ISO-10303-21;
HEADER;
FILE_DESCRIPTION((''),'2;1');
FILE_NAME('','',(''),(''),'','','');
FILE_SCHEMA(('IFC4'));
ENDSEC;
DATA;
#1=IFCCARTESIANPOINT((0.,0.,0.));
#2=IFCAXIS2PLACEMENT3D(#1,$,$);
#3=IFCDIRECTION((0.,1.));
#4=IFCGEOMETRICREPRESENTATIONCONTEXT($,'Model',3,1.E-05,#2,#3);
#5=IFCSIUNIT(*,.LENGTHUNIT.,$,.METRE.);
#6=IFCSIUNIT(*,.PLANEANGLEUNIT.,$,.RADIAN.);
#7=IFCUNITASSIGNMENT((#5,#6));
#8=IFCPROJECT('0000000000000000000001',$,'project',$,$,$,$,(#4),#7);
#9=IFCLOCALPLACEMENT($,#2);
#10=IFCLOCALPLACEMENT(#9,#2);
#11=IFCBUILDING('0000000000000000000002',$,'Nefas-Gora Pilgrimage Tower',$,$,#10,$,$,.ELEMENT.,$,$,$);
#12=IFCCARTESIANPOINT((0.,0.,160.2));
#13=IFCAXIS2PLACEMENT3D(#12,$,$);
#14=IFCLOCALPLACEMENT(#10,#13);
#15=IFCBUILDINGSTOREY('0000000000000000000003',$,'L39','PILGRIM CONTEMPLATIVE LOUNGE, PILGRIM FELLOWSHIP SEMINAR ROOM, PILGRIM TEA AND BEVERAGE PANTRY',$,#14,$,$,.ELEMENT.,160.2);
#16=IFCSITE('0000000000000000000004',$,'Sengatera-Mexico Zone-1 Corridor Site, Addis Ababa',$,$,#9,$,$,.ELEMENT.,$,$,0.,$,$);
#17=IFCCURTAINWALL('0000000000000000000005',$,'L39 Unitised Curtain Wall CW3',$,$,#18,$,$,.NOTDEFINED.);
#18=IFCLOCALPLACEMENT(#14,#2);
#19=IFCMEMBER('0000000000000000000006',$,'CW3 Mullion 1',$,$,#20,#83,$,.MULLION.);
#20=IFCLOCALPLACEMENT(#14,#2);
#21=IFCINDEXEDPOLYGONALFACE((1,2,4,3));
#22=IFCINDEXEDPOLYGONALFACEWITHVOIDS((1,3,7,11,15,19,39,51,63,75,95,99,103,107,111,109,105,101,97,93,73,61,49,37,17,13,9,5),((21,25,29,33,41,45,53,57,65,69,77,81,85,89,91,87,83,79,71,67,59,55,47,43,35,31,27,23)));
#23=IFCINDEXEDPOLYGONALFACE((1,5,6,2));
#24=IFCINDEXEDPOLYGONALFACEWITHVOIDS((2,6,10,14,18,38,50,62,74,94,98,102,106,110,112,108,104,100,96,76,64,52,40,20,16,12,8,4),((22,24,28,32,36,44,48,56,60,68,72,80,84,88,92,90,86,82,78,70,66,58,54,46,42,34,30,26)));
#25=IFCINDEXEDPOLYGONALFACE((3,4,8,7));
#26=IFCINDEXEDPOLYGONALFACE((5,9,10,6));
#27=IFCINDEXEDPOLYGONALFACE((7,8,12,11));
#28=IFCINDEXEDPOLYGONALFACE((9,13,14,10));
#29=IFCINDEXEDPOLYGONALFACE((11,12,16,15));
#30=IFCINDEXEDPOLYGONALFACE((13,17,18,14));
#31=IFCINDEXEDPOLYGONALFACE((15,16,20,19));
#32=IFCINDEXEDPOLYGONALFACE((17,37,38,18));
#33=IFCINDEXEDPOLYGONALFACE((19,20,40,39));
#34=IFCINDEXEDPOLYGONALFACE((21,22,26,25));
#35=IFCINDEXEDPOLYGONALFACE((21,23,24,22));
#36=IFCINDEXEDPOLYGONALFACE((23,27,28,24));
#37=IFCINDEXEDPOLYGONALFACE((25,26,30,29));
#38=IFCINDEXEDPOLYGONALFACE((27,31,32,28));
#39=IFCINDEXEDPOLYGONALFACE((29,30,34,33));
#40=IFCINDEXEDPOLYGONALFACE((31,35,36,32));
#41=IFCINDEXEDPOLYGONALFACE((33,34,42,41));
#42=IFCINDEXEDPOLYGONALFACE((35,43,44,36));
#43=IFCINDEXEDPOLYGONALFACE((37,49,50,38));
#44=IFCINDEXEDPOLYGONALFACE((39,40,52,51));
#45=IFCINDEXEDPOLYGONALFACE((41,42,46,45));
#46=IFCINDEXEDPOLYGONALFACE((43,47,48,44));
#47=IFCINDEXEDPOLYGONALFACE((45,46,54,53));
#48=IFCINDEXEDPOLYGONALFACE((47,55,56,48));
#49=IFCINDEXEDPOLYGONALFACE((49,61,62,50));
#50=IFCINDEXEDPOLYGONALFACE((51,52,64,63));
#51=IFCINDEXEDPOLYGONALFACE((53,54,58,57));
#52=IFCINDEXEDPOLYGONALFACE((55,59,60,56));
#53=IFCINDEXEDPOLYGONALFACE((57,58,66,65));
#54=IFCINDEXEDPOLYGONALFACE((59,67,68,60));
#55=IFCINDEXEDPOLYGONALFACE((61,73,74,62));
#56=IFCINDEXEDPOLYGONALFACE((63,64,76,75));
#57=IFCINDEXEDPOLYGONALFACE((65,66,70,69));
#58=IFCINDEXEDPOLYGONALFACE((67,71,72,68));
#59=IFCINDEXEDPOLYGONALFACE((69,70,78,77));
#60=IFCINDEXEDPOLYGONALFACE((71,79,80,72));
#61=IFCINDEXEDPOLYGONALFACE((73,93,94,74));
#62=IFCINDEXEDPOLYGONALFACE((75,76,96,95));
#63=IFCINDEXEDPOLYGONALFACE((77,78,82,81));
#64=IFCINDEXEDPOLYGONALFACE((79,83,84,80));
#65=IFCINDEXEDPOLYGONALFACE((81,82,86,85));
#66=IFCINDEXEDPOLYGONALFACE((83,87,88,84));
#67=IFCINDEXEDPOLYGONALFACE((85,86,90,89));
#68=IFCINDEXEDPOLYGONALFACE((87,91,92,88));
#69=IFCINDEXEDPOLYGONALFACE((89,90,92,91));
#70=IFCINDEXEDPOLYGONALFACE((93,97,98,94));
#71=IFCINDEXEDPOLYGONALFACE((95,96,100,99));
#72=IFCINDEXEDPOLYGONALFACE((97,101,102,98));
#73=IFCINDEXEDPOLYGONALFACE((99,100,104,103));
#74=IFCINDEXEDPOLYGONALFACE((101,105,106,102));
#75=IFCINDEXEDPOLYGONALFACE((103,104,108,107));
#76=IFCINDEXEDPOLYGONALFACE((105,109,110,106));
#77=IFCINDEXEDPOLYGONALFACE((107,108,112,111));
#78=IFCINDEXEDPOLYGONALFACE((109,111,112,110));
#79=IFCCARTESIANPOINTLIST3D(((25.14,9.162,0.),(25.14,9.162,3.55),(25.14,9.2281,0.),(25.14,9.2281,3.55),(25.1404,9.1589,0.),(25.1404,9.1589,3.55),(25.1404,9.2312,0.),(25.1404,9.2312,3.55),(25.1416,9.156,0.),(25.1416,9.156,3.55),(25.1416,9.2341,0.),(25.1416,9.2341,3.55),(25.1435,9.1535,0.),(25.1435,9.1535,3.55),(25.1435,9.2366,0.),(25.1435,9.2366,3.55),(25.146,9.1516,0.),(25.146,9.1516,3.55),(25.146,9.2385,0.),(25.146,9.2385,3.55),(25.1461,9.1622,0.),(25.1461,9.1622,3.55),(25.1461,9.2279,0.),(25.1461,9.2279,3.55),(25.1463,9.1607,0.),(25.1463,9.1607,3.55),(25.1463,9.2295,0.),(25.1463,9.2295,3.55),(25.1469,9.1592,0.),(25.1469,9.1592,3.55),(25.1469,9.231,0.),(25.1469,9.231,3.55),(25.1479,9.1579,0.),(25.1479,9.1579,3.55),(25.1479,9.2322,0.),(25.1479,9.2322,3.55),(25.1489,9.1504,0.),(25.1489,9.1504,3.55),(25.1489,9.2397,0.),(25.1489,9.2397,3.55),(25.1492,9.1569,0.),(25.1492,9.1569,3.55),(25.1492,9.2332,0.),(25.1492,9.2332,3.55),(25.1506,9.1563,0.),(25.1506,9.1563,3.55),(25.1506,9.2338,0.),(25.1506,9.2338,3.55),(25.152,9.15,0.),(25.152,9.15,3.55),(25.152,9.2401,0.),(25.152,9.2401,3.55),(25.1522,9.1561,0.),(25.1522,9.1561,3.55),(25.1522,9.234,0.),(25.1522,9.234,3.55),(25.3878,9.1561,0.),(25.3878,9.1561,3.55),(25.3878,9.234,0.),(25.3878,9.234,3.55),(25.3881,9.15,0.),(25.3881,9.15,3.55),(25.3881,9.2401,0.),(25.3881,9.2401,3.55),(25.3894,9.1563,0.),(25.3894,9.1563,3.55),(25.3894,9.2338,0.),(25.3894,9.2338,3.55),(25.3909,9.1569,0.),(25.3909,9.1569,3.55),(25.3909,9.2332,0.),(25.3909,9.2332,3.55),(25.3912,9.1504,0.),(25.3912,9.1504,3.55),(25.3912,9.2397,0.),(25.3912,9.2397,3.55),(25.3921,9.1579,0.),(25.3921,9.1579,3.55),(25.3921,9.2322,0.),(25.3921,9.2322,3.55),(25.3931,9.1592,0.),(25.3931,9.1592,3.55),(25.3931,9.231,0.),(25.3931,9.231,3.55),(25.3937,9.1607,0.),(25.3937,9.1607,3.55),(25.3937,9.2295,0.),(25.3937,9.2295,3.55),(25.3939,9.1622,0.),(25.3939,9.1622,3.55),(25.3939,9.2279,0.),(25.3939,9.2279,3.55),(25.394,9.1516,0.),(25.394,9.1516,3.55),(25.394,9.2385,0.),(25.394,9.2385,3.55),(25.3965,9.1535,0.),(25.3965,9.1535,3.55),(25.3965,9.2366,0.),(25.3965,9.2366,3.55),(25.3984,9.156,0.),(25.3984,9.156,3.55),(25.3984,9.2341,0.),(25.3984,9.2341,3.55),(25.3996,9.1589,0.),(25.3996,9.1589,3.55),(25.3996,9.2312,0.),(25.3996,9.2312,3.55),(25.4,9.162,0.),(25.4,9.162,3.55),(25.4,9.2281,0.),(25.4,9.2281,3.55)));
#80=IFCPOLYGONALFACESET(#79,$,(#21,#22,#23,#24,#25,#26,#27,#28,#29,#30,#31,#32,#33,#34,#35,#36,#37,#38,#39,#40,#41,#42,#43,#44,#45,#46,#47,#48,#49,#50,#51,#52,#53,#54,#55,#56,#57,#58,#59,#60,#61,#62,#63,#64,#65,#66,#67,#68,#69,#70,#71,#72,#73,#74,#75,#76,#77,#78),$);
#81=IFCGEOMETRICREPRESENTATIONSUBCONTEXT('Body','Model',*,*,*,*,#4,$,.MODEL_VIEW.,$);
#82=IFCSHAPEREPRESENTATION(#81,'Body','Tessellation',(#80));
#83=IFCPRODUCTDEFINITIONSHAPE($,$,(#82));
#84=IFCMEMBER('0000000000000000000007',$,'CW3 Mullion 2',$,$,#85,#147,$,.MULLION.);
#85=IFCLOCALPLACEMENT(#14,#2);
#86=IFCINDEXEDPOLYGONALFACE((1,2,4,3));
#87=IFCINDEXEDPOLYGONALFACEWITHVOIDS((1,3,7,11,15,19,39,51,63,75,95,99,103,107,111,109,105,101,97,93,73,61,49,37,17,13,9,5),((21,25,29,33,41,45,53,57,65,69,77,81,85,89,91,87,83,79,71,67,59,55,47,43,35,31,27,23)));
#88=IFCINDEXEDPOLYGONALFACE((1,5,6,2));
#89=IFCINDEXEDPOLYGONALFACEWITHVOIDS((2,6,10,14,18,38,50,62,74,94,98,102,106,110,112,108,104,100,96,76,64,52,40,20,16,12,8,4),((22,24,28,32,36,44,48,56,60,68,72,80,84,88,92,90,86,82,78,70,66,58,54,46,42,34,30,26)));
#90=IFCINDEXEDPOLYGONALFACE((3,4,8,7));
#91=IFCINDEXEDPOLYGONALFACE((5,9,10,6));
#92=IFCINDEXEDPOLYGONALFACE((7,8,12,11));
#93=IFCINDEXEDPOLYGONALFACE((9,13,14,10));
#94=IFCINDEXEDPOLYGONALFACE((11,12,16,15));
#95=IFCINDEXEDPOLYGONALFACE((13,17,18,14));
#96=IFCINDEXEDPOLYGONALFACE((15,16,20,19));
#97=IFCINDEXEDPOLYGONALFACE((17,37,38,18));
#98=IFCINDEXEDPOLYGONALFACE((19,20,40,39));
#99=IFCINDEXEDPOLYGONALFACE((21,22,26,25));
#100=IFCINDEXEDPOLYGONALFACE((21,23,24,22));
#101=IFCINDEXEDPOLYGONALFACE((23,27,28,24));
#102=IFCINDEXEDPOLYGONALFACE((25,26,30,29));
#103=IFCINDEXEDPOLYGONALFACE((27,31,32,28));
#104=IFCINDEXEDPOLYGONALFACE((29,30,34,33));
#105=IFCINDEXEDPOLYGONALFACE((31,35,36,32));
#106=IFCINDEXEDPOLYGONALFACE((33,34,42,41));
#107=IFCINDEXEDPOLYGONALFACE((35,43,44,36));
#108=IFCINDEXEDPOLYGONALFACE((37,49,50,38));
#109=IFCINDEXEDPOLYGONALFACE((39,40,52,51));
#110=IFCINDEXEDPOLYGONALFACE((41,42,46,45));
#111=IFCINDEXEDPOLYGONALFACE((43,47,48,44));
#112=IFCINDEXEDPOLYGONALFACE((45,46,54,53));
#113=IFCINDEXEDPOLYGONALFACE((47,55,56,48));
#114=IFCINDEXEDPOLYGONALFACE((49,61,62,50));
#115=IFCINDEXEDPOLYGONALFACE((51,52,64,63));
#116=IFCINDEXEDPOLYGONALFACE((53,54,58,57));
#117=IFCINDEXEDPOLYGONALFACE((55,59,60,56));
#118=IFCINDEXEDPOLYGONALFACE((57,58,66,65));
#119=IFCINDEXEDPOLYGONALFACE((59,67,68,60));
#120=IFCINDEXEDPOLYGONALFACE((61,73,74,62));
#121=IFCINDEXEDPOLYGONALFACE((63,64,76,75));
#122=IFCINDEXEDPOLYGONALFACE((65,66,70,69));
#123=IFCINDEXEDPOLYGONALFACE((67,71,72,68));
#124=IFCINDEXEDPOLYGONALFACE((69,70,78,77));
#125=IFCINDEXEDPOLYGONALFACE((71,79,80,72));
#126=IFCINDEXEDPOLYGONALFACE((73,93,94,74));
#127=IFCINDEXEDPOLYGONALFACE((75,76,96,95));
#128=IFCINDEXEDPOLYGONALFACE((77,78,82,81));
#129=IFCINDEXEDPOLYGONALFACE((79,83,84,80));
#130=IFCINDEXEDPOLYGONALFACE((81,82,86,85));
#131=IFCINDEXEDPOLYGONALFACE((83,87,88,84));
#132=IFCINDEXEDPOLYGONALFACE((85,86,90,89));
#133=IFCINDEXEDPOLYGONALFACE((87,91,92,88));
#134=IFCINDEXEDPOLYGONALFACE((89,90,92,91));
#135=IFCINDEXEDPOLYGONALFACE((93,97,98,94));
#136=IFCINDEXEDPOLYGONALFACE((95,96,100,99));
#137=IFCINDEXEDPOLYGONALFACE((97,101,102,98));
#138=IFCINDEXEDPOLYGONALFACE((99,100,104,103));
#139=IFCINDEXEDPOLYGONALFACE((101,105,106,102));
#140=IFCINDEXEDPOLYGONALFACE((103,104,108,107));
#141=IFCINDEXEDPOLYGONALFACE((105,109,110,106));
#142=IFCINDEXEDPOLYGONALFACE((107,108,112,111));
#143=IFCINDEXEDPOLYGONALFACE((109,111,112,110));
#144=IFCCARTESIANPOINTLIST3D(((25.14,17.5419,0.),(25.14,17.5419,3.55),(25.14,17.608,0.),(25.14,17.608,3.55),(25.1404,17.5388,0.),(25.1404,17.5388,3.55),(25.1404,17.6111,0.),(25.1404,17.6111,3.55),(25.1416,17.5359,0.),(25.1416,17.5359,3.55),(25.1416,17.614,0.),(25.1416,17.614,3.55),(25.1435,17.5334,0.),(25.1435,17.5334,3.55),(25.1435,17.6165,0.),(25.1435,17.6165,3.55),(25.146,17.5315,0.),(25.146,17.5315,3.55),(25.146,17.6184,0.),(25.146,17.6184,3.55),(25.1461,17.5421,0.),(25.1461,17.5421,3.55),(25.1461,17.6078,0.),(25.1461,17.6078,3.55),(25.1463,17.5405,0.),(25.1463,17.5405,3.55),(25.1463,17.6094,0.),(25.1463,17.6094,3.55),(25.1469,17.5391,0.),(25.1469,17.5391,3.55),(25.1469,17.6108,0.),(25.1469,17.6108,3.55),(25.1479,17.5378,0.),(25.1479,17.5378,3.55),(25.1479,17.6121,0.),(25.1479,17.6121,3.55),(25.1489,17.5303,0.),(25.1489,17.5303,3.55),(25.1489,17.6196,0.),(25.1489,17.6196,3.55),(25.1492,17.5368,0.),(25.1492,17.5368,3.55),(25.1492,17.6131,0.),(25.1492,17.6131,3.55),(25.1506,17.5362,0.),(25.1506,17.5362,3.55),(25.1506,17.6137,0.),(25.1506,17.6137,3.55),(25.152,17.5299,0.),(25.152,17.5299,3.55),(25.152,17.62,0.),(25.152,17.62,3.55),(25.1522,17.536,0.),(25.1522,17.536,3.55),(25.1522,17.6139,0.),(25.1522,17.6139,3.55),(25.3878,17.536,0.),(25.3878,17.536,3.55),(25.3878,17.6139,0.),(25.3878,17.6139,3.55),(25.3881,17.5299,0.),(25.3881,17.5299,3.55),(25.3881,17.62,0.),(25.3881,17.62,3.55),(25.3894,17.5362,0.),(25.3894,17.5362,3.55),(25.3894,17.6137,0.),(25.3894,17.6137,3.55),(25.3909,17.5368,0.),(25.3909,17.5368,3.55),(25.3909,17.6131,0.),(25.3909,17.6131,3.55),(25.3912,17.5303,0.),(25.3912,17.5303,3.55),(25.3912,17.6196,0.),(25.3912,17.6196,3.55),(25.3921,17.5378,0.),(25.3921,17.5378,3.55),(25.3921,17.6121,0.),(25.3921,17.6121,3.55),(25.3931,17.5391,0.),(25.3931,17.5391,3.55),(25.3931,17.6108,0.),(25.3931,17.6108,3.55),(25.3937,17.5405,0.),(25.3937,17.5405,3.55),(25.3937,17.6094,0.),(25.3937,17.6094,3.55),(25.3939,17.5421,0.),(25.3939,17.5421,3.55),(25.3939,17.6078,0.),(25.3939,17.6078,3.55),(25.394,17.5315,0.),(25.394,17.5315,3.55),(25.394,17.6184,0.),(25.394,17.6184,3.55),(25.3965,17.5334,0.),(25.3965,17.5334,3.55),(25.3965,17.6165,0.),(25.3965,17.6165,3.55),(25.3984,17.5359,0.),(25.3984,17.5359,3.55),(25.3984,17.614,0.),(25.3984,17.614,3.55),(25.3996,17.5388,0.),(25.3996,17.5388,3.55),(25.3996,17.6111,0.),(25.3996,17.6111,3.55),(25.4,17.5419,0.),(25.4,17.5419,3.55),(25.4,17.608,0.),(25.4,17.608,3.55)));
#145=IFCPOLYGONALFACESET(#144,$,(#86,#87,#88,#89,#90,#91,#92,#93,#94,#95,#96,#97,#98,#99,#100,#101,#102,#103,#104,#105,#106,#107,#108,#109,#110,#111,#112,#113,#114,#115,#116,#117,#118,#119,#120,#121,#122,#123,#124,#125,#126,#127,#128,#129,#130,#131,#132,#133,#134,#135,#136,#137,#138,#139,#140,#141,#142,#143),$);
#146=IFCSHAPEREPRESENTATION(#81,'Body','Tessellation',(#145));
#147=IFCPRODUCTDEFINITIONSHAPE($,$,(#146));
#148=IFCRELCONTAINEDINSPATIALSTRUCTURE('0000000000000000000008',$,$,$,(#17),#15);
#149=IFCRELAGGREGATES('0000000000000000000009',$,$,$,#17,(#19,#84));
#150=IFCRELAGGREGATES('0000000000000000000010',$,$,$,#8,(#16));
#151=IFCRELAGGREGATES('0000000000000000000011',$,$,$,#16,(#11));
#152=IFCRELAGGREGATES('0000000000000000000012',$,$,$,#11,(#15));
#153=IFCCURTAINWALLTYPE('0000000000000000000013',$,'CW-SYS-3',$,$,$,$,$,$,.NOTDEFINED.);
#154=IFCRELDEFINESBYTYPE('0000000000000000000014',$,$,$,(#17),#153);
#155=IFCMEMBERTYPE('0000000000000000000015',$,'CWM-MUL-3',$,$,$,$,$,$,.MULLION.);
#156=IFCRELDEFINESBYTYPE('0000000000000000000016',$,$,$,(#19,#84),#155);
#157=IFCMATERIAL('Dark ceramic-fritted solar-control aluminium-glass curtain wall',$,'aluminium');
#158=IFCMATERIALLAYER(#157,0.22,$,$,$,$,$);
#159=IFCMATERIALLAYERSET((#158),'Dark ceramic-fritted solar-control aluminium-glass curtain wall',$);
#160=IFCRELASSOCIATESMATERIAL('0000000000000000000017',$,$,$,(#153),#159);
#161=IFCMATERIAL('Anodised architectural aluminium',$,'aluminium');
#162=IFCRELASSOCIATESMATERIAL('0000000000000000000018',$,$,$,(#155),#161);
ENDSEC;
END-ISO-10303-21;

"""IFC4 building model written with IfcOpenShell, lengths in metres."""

from ifc_helpers import new_model, si_unit, direction, frame, origin, origin_2d, place, context, subcontext, project, spatial, hollow_rectangle, extrude, source, transform, mapped, material, layer, layer_set, material_profile, profile_set, type_object, element, aggregate, save


model = new_model("IFC4")

# Units and contexts
model_context = context("Model", 3, precision=1e-05, world=origin(), true_north=direction((0.0, 1.0)))
body_context = subcontext(model_context, "Body", "Model", "MODEL_VIEW")
ifc_project = project(units=[si_unit("LENGTHUNIT", "METRE"), si_unit("PLANEANGLEUNIT", "RADIAN")], contexts=[model_context])

# Site, building, storey
site_placement = place(None, origin())
site = spatial("IfcSite", under=ifc_project, at=site_placement, Name="Sengatera-Mexico Zone-1 Corridor Site, Addis Ababa", CompositionType="ELEMENT", RefElevation=0.0)
building_placement = place(site_placement, origin())
building = spatial("IfcBuilding", under=site, at=building_placement, Name="Nefas-Gora Pilgrimage Tower", CompositionType="ELEMENT")
storey_placement = place(building_placement, frame((0.0, 0.0, 160.2)))
storey = spatial("IfcBuildingStorey", under=building, at=storey_placement, Name="L39", Description="PILGRIM CONTEMPLATIVE LOUNGE, PILGRIM FELLOWSHIP SEMINAR ROOM, PILGRIM TEA AND BEVERAGE PANTRY", CompositionType="ELEMENT", Elevation=160.2)

# Curtain wall, members
ifc_material_1 = material(Name="Dark ceramic-fritted solar-control aluminium-glass curtain wall", Category="aluminium")
ifc_layer_1 = layer(ifc_material_1, 0.22)
ifc_layer_set_1 = layer_set([ifc_layer_1], Name="Dark ceramic-fritted solar-control aluminium-glass curtain wall")
curtain_wall_type = type_object("IfcCurtainWallType", Name="CW-SYS-3", PredefinedType="NOTDEFINED", material=ifc_layer_set_1)
curtain_wall_1_placement = place(storey_placement, origin())
curtain_wall_1 = element("IfcCurtainWall", 1, at=curtain_wall_1_placement, inside=storey, type_object=curtain_wall_type, Name="L39 Unitised Curtain Wall CW3", PredefinedType="NOTDEFINED")
ifc_material_2 = material(Name="Anodised architectural aluminium", Category="aluminium")
ifc_material_profile_1 = material_profile(ifc_material_2, hollow_rectangle(XDim=0.0901, YDim=0.26, WallThickness=0.0061, InnerFilletRadius=0.0061, OuterFilletRadius=0.012, at=origin_2d()), Name="ALU MULLION 90x260")
ifc_profile_set_1 = profile_set([ifc_material_profile_1], Name="Anodised architectural aluminium")
member_type_1 = type_object("IfcMemberType", Name="CWM-MUL-3", PredefinedType="MULLION", material=ifc_profile_set_1)
shared_shape_1 = source(origin(), body_context, "Body", "SweptSolid", [
    extrude(hollow_rectangle(XDim=0.0901, YDim=0.26, WallThickness=0.0061, InnerFilletRadius=0.0061, OuterFilletRadius=0.012, at=origin_2d()), origin(), (0.0, 0.0, 1.0), 3.55),
])
member_1_placement = place(storey_placement, frame((25.27, 9.1951, 0.0), z_axis=(0.0, 0.0, 1.0), x_axis=(0.0, 1.0, 0.0)))
member_1 = element("IfcMember", 2, at=member_1_placement, type_object=member_type_1, Name="CW3 Mullion 1", PredefinedType="MULLION", context=body_context, shape_type="MappedRepresentation", body=[
    mapped(shared_shape_1, transform((0.0, 0.0, 0.0), x_axis=(1.0, 0.0, 0.0), y_axis=(0.0, 1.0, 0.0), z_axis=(0.0, 0.0, 1.0), scale=1.0)),
])
member_2_placement = place(storey_placement, frame((25.27, 17.575, 0.0), z_axis=(0.0, 0.0, 1.0), x_axis=(0.0, 1.0, 0.0)))
member_2 = element("IfcMember", 3, at=member_2_placement, type_object=member_type_1, Name="CW3 Mullion 2", PredefinedType="MULLION", context=body_context, shape_type="MappedRepresentation", body=[
    mapped(shared_shape_1, transform((0.0, 0.0, 0.0), x_axis=(1.0, 0.0, 0.0), y_axis=(0.0, 1.0, 0.0), z_axis=(0.0, 0.0, 1.0), scale=1.0)),
])

aggregate(curtain_wall_1, [member_1, member_2])

save(model, "model.ifc")
